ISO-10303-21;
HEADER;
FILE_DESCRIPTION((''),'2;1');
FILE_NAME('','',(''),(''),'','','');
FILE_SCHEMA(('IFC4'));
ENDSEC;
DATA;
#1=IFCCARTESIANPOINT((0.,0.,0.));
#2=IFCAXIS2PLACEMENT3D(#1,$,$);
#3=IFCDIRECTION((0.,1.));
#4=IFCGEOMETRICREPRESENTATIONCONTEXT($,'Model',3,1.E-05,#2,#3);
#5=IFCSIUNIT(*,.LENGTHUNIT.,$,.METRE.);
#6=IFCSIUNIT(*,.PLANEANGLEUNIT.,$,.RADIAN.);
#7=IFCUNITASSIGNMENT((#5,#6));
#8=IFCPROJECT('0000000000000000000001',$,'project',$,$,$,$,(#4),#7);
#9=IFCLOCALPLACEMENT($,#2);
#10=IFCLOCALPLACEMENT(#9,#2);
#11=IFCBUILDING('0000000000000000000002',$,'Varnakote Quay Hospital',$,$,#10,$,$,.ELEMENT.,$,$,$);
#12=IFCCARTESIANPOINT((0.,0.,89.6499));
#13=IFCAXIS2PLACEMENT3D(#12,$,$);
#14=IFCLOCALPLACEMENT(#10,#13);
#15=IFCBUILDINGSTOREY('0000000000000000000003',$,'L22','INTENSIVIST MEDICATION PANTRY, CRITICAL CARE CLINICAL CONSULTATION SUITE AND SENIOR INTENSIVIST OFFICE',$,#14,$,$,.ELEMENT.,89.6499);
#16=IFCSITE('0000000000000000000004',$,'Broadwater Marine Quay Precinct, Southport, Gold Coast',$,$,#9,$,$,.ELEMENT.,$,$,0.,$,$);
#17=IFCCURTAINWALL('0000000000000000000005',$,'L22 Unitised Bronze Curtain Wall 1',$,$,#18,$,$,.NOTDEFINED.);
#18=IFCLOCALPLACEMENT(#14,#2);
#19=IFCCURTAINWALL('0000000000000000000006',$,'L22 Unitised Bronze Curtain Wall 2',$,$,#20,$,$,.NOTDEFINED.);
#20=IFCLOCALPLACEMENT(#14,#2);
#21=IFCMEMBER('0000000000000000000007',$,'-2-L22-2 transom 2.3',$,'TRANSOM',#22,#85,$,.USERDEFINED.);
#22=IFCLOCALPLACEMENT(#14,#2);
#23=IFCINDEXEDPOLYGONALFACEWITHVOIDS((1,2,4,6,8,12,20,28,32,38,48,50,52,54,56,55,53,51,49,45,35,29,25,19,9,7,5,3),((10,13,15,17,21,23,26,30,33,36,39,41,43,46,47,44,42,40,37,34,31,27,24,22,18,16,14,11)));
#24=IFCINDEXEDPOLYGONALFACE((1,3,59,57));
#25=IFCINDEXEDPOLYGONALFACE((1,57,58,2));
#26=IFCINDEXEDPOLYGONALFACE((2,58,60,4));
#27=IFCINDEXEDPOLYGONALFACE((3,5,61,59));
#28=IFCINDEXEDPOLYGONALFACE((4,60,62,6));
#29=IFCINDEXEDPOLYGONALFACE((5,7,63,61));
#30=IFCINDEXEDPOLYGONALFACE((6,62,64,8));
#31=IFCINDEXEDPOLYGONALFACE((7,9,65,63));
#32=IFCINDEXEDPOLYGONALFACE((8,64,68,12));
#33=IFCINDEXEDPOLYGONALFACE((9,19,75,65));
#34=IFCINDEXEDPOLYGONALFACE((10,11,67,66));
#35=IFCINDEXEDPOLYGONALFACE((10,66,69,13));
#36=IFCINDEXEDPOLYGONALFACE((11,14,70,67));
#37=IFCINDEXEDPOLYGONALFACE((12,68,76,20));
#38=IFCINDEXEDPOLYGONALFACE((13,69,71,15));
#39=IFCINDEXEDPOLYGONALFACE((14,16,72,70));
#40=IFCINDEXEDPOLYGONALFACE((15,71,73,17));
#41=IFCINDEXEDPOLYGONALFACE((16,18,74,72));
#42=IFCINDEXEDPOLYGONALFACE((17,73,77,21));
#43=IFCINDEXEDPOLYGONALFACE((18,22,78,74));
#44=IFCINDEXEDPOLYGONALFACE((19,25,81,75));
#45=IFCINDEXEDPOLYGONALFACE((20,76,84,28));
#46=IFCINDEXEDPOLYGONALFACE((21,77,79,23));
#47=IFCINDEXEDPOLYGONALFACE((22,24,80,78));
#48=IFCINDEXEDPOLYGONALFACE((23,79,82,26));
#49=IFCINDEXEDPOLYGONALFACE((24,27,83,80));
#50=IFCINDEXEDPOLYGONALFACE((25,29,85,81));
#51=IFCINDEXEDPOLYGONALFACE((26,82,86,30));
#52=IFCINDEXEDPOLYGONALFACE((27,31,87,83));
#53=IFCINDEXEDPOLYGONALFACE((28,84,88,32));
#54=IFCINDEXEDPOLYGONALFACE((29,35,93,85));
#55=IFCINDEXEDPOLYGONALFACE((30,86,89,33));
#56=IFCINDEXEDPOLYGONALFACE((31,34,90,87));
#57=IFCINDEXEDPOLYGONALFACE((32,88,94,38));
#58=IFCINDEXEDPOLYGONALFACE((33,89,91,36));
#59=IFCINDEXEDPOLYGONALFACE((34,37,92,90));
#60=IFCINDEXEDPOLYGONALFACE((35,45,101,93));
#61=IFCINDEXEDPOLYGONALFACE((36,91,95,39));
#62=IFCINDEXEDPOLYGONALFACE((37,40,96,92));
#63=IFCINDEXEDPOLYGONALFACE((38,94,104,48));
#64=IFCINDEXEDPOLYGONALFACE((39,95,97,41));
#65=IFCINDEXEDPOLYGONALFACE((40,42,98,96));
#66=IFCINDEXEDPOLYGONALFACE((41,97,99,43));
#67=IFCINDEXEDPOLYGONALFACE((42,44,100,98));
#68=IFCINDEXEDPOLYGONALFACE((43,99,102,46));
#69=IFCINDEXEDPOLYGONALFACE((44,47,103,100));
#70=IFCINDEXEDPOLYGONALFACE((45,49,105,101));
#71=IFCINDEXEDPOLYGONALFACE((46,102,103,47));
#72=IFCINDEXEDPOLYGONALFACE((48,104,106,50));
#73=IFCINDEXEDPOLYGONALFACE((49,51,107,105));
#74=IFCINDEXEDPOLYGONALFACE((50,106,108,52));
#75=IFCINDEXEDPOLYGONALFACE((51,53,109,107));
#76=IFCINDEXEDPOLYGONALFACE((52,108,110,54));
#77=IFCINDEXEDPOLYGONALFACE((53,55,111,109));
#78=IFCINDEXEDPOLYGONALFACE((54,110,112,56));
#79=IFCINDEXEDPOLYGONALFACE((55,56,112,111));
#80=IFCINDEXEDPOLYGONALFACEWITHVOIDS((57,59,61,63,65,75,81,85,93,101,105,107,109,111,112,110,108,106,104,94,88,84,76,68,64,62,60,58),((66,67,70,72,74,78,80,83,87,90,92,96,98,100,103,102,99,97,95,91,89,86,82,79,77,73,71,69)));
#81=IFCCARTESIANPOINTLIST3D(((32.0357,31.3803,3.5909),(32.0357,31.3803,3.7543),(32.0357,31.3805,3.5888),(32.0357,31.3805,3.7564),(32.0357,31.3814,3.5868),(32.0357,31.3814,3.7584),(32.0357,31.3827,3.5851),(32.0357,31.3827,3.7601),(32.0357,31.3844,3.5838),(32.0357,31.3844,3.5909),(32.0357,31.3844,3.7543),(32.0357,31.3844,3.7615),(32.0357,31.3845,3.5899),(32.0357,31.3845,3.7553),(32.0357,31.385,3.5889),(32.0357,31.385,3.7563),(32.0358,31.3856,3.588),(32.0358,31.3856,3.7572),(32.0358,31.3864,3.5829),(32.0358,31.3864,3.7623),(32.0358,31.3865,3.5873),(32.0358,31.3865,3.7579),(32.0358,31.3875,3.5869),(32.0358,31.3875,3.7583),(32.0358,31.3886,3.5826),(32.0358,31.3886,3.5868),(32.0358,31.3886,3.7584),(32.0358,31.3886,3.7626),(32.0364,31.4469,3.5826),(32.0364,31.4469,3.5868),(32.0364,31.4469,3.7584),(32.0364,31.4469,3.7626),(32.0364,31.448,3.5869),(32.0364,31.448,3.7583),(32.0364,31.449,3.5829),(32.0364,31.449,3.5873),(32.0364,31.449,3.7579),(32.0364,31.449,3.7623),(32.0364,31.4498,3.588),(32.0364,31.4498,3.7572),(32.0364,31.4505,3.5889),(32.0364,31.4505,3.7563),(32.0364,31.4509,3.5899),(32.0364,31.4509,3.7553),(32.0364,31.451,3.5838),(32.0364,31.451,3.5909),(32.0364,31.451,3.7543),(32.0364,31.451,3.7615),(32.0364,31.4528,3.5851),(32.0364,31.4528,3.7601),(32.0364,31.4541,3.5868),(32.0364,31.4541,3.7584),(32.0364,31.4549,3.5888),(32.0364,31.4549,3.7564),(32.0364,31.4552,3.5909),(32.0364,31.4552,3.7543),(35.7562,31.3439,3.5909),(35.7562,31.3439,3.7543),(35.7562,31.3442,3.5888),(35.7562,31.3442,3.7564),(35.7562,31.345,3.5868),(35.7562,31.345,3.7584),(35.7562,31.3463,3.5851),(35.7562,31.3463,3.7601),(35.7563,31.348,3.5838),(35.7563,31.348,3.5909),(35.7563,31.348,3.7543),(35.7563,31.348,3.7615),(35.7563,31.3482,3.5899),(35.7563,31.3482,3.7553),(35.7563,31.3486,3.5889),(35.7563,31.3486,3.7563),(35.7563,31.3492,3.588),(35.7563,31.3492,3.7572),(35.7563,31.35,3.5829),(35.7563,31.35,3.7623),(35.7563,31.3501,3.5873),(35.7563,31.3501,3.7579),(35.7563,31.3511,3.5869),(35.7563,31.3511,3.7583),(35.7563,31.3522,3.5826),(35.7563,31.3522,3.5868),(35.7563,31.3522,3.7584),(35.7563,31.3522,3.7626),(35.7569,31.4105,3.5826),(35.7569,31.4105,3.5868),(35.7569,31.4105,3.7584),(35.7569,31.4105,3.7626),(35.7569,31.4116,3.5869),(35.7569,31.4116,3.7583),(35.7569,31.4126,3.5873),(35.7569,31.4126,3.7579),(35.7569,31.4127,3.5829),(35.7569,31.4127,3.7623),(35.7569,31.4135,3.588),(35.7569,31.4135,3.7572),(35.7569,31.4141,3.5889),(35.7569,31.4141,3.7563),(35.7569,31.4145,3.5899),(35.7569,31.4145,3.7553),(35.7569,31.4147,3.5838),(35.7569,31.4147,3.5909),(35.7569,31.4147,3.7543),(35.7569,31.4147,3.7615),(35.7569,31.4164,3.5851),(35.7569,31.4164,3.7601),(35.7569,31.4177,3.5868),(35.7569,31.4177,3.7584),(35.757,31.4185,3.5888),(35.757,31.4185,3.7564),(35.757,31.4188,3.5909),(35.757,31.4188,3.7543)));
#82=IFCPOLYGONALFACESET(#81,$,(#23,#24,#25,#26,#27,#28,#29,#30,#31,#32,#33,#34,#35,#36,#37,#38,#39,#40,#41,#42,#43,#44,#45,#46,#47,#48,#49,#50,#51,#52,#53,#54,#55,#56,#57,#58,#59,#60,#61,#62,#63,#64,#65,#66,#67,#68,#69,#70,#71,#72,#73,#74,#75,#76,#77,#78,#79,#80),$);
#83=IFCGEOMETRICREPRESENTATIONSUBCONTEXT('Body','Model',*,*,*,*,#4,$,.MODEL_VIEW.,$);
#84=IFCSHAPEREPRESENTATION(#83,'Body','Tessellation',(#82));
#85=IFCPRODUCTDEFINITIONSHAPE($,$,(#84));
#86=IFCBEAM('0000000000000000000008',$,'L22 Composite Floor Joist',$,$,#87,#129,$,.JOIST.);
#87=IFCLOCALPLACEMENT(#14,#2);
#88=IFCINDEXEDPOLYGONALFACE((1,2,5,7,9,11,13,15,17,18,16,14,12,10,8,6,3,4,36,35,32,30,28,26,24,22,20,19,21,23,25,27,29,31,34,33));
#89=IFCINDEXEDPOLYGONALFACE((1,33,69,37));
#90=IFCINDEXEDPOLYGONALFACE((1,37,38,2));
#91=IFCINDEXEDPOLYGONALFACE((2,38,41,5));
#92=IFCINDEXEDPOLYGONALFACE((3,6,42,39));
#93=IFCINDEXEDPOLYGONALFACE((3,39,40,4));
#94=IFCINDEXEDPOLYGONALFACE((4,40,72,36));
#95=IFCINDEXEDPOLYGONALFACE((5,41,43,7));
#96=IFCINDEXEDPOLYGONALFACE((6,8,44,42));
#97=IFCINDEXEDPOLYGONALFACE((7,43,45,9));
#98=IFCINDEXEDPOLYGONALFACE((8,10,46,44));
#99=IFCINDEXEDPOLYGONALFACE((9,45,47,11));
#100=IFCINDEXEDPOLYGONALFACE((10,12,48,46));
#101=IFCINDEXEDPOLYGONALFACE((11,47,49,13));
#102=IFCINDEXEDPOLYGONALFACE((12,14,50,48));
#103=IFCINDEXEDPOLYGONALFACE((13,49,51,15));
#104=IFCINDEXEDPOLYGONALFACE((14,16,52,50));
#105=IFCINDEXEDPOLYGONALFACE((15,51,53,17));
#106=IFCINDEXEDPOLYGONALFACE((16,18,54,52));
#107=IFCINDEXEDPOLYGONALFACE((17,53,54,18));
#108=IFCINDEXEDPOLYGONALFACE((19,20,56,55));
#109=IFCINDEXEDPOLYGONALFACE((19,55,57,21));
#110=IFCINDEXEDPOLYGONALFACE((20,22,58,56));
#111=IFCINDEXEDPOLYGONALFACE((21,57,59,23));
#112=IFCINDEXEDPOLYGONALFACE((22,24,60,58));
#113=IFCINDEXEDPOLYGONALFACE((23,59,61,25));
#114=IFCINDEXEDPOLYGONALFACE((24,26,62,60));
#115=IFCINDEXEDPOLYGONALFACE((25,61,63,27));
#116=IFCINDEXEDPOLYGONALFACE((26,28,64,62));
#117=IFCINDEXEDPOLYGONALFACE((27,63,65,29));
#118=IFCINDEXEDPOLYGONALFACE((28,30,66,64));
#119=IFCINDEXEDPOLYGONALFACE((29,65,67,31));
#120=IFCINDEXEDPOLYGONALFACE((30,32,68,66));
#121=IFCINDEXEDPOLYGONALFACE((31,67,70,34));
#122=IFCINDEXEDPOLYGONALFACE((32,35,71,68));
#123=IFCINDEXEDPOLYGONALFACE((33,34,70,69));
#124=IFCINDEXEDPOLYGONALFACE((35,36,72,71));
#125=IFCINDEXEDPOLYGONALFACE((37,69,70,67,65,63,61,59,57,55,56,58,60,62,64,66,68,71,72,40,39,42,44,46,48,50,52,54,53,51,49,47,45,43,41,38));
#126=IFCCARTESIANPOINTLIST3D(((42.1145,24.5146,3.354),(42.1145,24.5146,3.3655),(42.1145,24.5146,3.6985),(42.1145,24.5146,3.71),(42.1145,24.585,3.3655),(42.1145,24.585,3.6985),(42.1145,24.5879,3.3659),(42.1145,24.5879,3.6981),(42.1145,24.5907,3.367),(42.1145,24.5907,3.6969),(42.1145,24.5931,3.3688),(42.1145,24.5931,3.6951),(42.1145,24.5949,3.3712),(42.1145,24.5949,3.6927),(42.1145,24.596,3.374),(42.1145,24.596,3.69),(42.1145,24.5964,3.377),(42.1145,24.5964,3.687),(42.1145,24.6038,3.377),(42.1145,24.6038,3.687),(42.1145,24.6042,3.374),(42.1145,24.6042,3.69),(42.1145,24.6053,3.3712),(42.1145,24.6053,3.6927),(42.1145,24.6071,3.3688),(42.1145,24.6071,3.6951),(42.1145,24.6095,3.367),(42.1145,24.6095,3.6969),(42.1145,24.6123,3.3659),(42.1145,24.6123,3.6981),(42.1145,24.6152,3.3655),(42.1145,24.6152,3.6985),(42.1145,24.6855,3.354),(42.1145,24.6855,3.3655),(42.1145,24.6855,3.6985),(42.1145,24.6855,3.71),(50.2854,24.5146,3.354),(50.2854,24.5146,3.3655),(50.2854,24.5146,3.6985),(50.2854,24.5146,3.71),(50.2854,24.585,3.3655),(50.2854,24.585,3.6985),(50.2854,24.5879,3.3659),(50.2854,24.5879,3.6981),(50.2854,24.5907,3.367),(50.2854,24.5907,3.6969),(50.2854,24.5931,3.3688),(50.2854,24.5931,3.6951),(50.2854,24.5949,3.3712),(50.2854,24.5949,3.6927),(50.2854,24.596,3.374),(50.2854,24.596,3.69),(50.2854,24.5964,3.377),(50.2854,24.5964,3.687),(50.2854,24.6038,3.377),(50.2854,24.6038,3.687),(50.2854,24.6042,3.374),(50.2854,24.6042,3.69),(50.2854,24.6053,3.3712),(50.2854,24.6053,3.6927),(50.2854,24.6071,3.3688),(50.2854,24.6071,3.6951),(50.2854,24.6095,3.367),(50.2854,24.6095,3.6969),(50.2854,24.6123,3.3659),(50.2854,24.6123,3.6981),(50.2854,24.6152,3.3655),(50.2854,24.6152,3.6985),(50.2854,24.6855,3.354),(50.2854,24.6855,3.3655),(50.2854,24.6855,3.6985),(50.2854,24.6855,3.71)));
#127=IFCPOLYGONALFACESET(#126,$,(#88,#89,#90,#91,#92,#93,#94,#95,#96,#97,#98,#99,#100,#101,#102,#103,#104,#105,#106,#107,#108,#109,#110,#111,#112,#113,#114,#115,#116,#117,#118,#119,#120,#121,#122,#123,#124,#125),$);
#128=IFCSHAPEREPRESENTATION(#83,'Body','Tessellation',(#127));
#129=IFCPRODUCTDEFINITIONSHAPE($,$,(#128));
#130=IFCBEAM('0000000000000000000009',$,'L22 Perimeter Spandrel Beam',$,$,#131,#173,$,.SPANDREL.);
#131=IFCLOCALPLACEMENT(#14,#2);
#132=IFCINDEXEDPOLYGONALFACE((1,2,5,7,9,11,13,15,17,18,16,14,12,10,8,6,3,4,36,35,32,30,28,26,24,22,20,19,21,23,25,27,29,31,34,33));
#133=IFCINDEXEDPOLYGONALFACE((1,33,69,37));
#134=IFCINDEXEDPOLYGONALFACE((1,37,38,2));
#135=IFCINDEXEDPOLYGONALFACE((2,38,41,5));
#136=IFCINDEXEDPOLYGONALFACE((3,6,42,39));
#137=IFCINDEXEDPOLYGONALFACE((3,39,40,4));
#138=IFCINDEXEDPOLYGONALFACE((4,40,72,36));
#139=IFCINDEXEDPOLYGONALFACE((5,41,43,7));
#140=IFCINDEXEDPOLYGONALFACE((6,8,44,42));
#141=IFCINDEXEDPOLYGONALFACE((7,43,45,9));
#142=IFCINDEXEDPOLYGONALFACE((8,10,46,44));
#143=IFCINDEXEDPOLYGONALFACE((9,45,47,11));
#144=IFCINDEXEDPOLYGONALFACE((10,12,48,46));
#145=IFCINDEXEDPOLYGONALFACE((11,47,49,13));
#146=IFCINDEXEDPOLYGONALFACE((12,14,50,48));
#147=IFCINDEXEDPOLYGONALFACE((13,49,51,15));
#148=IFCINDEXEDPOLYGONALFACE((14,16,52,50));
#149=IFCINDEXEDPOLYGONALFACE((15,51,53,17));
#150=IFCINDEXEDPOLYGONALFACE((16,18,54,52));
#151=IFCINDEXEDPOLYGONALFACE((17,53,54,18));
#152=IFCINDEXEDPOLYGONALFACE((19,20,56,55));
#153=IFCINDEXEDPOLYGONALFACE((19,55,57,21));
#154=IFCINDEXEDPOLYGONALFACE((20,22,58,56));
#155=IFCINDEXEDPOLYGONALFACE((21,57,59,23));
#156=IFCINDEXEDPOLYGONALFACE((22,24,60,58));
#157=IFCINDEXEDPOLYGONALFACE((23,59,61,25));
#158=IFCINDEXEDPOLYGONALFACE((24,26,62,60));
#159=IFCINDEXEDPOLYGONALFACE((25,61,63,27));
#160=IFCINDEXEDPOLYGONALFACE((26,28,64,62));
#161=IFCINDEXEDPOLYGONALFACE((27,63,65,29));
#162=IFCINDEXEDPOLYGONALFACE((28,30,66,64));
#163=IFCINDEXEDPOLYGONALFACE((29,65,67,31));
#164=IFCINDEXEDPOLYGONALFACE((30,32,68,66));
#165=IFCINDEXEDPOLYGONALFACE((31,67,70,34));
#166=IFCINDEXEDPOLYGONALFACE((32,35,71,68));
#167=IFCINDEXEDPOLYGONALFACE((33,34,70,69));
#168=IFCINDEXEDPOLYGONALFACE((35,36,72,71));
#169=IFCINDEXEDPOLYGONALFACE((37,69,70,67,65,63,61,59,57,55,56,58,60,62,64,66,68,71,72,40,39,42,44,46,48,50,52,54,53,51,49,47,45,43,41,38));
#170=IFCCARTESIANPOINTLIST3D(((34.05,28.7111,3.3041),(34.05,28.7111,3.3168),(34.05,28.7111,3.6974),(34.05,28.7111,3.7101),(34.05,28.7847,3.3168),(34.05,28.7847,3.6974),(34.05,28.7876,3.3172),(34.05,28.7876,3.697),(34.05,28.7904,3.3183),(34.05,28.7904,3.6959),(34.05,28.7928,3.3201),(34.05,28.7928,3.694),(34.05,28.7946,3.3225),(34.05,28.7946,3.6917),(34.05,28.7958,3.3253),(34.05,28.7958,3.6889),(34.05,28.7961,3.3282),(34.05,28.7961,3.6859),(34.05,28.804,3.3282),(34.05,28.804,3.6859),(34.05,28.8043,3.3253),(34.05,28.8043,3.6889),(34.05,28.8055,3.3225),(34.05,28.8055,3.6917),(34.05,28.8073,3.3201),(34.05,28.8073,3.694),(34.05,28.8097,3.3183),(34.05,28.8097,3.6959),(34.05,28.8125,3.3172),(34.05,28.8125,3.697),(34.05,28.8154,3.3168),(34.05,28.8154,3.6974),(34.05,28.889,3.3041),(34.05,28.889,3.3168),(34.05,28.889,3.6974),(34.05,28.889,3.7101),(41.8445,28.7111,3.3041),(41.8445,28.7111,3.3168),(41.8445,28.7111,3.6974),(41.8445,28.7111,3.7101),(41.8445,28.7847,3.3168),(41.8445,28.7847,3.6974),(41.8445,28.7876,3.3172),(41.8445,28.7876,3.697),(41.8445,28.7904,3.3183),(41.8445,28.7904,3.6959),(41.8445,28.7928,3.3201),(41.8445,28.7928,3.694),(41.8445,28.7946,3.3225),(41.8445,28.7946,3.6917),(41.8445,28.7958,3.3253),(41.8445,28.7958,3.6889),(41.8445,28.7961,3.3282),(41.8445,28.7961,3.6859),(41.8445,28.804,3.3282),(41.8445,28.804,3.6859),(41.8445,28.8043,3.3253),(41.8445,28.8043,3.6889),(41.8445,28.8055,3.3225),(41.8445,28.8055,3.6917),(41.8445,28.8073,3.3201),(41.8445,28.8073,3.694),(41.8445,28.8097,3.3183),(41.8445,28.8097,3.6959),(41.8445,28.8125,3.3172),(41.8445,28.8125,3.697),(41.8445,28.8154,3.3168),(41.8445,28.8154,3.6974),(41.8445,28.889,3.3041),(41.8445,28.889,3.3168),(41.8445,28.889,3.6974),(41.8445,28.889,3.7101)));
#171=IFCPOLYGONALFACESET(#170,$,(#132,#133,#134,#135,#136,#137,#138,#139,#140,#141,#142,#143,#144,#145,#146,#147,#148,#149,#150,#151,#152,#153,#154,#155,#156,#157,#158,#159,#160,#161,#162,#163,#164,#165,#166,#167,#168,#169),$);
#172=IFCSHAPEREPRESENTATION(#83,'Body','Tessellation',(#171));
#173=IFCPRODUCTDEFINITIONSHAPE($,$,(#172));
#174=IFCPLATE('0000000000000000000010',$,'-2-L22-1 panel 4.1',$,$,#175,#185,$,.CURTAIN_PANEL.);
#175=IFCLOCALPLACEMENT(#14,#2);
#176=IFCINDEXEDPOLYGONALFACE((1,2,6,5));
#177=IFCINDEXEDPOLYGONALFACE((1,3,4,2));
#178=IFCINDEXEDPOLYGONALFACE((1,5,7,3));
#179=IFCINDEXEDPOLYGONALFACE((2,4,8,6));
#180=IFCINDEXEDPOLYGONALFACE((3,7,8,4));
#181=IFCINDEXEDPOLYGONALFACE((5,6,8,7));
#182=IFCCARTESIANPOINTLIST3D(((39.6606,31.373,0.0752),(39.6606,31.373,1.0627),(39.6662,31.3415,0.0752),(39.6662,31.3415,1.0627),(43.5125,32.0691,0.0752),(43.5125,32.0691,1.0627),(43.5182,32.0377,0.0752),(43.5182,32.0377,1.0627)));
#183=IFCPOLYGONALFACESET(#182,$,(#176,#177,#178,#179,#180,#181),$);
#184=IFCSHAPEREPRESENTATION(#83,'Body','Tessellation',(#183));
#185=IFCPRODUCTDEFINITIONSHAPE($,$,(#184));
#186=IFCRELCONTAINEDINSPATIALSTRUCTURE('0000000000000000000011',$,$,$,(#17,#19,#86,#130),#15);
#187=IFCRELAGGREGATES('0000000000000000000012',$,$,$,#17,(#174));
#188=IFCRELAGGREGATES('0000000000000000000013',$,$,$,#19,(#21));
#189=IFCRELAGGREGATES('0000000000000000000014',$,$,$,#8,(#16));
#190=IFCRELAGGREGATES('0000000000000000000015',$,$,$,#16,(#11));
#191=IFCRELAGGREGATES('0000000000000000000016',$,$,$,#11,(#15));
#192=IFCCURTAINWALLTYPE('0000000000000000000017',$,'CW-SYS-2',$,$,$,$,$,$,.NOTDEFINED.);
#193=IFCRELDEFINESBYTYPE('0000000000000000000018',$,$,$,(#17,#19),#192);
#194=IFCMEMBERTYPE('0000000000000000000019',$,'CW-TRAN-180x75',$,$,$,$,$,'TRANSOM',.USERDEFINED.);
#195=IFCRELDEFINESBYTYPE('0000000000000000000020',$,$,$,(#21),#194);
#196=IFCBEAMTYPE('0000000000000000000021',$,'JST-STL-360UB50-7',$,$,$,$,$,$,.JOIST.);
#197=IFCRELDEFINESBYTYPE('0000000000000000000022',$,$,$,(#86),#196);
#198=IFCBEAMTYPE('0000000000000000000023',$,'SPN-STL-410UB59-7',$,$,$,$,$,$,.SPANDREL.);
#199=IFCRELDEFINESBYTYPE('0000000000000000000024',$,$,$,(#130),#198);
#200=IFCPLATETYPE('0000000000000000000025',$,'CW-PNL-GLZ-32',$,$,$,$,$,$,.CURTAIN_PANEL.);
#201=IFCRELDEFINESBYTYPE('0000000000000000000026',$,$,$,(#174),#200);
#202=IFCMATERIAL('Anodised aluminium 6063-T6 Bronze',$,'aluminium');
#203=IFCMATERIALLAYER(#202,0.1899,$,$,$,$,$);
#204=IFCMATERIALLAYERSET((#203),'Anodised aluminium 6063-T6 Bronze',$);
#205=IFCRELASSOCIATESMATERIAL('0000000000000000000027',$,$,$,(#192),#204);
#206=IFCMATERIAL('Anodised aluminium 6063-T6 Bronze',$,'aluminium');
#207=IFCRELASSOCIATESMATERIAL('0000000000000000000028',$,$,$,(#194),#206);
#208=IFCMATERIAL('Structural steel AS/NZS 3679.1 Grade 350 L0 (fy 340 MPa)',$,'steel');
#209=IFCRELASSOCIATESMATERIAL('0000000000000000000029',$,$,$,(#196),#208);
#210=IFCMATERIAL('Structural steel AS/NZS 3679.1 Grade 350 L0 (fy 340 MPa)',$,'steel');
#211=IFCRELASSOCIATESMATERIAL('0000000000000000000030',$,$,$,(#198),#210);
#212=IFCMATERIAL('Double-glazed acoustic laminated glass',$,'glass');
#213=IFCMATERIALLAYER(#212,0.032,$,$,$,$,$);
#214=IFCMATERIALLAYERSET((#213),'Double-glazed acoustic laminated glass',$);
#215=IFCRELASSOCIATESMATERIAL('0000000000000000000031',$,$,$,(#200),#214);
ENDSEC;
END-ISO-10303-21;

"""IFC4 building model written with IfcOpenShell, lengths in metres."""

from ifc_helpers import new_model, si_unit, direction, frame, origin, origin_2d, place, context, subcontext, project, spatial, rectangle, hollow_rectangle, i_section, extrude, material, layer, layer_set, material_profile, profile_set, type_object, element, aggregate, save


model = new_model("IFC4")

# Units and contexts
model_context = context("Model", 3, precision=1e-05, world=origin(), true_north=direction((0.0, 1.0)))
body_context = subcontext(model_context, "Body", "Model", "MODEL_VIEW")
ifc_project = project(units=[si_unit("LENGTHUNIT", "METRE"), si_unit("PLANEANGLEUNIT", "RADIAN")], contexts=[model_context])

# Site, building, storey
site_placement = place(None, origin())
site = spatial("IfcSite", under=ifc_project, at=site_placement, Name="Broadwater Marine Quay Precinct, Southport, Gold Coast", CompositionType="ELEMENT", RefElevation=0.0)
building_placement = place(site_placement, origin())
building = spatial("IfcBuilding", under=site, at=building_placement, Name="Varnakote Quay Hospital", CompositionType="ELEMENT")
storey_placement = place(building_placement, frame((0.0, 0.0, 89.6499)))
storey = spatial("IfcBuildingStorey", under=building, at=storey_placement, Name="L22", Description="INTENSIVIST MEDICATION PANTRY, CRITICAL CARE CLINICAL CONSULTATION SUITE AND SENIOR INTENSIVIST OFFICE", CompositionType="ELEMENT", Elevation=89.6499)

# Curtain wall
ifc_material_1 = material(Name="Anodised aluminium 6063-T6 Bronze", Category="aluminium")
ifc_layer_1 = layer(ifc_material_1, 0.1899)
ifc_layer_set_1 = layer_set([ifc_layer_1], Name="Anodised aluminium 6063-T6 Bronze")
curtain_wall_type = type_object("IfcCurtainWallType", Name="CW-SYS-2", PredefinedType="NOTDEFINED", material=ifc_layer_set_1)
curtain_wall_1_placement = place(storey_placement, origin())
curtain_wall_1 = element("IfcCurtainWall", 1, at=curtain_wall_1_placement, inside=storey, type_object=curtain_wall_type, Name="L22 Unitised Bronze Curtain Wall 1", PredefinedType="NOTDEFINED")

# Curtain wall, member
curtain_wall_2_placement = place(storey_placement, origin())
curtain_wall_2 = element("IfcCurtainWall", 2, at=curtain_wall_2_placement, inside=storey, type_object=curtain_wall_type, Name="L22 Unitised Bronze Curtain Wall 2", PredefinedType="NOTDEFINED")
ifc_material_2 = material(Name="Anodised aluminium 6063-T6 Bronze", Category="aluminium")
ifc_material_profile_1 = material_profile(ifc_material_2, hollow_rectangle(XDim=0.075, YDim=0.1799, WallThickness=0.0042, InnerFilletRadius=0.0042, OuterFilletRadius=0.0083, at=origin_2d()), Name="CW-TRAN-180x75")
ifc_profile_set_1 = profile_set([ifc_material_profile_1], Name="Anodised aluminium 6063-T6 Bronze")
member_type_1 = type_object("IfcMemberType", Name="CW-TRAN-180x75", ElementType="TRANSOM", PredefinedType="USERDEFINED", material=ifc_profile_set_1)
member_1_placement = place(storey_placement, frame((35.7566, 31.3813, 3.6726), z_axis=(-0.999952, 0.009777, 0.0), x_axis=(-0.009777, -0.999952, 0.0)))
member_1 = element("IfcMember", 3, at=member_1_placement, type_object=member_type_1, Name="-2-L22-2 transom 2.3", ObjectType="TRANSOM", PredefinedType="USERDEFINED", context=body_context, shape_type="SweptSolid", body=[
    extrude(hollow_rectangle(XDim=0.075, YDim=0.1799, WallThickness=0.0042, InnerFilletRadius=0.0042, OuterFilletRadius=0.0083, at=origin_2d()), origin(), (0.0, 0.0, 1.0), 3.7207),
])

# Beams
ifc_material_3 = material(Name="Structural steel AS/NZS 3679.1 Grade 350 L0 (fy 340 MPa)", Category="steel")
ifc_material_profile_2 = material_profile(ifc_material_3, i_section(OverallWidth=0.1709, OverallDepth=0.356, WebThickness=0.0073, FlangeThickness=0.0115, FilletRadius=0.0115, at=origin_2d()), Name="360UB50.7")
ifc_profile_set_2 = profile_set([ifc_material_profile_2], Name="Structural steel AS/NZS 3679.1 Grade 350 L0 (fy 340 MPa)")
beam_type_1 = type_object("IfcBeamType", Name="JST-STL-360UB50-7", PredefinedType="JOIST", material=ifc_profile_set_2)
beam_1_placement = place(storey_placement, frame((42.1145, 24.6001, 3.532), z_axis=(1.0, 0.0, 0.0), x_axis=(0.0, 1.0, 0.0)))
element("IfcBeam", 4, at=beam_1_placement, inside=storey, type_object=beam_type_1, Name="L22 Composite Floor Joist", PredefinedType="JOIST", context=body_context, shape_type="SweptSolid", body=[
    extrude(i_section(OverallWidth=0.1709, OverallDepth=0.356, WebThickness=0.0073, FlangeThickness=0.0115, FilletRadius=0.0115, at=origin_2d()), origin(), (0.0, 0.0, 1.0), 8.1709),
])
ifc_material_4 = material(Name="Structural steel AS/NZS 3679.1 Grade 350 L0 (fy 340 MPa)", Category="steel")
ifc_material_profile_3 = material_profile(ifc_material_4, i_section(OverallWidth=0.178, OverallDepth=0.406, WebThickness=0.0078, FlangeThickness=0.0127, FilletRadius=0.0115, at=origin_2d()), Name="410UB59.7")
ifc_profile_set_3 = profile_set([ifc_material_profile_3], Name="Structural steel AS/NZS 3679.1 Grade 350 L0 (fy 340 MPa)")
beam_type_2 = type_object("IfcBeamType", Name="SPN-STL-410UB59-7", PredefinedType="SPANDREL", material=ifc_profile_set_3)
beam_2_placement = place(storey_placement, frame((34.05, 28.8, 3.5071), z_axis=(1.0, 0.0, 0.0), x_axis=(0.0, 1.0, 0.0)))
element("IfcBeam", 5, at=beam_2_placement, inside=storey, type_object=beam_type_2, Name="L22 Perimeter Spandrel Beam", PredefinedType="SPANDREL", context=body_context, shape_type="SweptSolid", body=[
    extrude(i_section(OverallWidth=0.178, OverallDepth=0.406, WebThickness=0.0078, FlangeThickness=0.0127, FilletRadius=0.0115, at=origin_2d()), origin(), (0.0, 0.0, 1.0), 7.7944),
])

# Plate
ifc_material_5 = material(Name="Double-glazed acoustic laminated glass", Category="glass")
ifc_layer_2 = layer(ifc_material_5, 0.032)
ifc_layer_set_2 = layer_set([ifc_layer_2], Name="Double-glazed acoustic laminated glass")
plate_type = type_object("IfcPlateType", Name="CW-PNL-GLZ-32", PredefinedType="CURTAIN_PANEL", material=ifc_layer_set_2)
plate_1_placement = place(storey_placement, frame((41.5894, 31.7053, 0.0752), z_axis=(0.0, 0.0, 1.0), x_axis=(-0.984058, -0.177846, 0.0)))
plate_1 = element("IfcPlate", 6, at=plate_1_placement, type_object=plate_type, Name="-2-L22-1 panel 4.1", PredefinedType="CURTAIN_PANEL", context=body_context, shape_type="SweptSolid", body=[
    extrude(rectangle(XDim=3.9143, YDim=0.032, at=origin_2d()), origin(), (0.0, 0.0, 1.0), 0.9875),
])
aggregate(curtain_wall_1, [plate_1])
aggregate(curtain_wall_2, [member_1])

save(model, "model.ifc")
